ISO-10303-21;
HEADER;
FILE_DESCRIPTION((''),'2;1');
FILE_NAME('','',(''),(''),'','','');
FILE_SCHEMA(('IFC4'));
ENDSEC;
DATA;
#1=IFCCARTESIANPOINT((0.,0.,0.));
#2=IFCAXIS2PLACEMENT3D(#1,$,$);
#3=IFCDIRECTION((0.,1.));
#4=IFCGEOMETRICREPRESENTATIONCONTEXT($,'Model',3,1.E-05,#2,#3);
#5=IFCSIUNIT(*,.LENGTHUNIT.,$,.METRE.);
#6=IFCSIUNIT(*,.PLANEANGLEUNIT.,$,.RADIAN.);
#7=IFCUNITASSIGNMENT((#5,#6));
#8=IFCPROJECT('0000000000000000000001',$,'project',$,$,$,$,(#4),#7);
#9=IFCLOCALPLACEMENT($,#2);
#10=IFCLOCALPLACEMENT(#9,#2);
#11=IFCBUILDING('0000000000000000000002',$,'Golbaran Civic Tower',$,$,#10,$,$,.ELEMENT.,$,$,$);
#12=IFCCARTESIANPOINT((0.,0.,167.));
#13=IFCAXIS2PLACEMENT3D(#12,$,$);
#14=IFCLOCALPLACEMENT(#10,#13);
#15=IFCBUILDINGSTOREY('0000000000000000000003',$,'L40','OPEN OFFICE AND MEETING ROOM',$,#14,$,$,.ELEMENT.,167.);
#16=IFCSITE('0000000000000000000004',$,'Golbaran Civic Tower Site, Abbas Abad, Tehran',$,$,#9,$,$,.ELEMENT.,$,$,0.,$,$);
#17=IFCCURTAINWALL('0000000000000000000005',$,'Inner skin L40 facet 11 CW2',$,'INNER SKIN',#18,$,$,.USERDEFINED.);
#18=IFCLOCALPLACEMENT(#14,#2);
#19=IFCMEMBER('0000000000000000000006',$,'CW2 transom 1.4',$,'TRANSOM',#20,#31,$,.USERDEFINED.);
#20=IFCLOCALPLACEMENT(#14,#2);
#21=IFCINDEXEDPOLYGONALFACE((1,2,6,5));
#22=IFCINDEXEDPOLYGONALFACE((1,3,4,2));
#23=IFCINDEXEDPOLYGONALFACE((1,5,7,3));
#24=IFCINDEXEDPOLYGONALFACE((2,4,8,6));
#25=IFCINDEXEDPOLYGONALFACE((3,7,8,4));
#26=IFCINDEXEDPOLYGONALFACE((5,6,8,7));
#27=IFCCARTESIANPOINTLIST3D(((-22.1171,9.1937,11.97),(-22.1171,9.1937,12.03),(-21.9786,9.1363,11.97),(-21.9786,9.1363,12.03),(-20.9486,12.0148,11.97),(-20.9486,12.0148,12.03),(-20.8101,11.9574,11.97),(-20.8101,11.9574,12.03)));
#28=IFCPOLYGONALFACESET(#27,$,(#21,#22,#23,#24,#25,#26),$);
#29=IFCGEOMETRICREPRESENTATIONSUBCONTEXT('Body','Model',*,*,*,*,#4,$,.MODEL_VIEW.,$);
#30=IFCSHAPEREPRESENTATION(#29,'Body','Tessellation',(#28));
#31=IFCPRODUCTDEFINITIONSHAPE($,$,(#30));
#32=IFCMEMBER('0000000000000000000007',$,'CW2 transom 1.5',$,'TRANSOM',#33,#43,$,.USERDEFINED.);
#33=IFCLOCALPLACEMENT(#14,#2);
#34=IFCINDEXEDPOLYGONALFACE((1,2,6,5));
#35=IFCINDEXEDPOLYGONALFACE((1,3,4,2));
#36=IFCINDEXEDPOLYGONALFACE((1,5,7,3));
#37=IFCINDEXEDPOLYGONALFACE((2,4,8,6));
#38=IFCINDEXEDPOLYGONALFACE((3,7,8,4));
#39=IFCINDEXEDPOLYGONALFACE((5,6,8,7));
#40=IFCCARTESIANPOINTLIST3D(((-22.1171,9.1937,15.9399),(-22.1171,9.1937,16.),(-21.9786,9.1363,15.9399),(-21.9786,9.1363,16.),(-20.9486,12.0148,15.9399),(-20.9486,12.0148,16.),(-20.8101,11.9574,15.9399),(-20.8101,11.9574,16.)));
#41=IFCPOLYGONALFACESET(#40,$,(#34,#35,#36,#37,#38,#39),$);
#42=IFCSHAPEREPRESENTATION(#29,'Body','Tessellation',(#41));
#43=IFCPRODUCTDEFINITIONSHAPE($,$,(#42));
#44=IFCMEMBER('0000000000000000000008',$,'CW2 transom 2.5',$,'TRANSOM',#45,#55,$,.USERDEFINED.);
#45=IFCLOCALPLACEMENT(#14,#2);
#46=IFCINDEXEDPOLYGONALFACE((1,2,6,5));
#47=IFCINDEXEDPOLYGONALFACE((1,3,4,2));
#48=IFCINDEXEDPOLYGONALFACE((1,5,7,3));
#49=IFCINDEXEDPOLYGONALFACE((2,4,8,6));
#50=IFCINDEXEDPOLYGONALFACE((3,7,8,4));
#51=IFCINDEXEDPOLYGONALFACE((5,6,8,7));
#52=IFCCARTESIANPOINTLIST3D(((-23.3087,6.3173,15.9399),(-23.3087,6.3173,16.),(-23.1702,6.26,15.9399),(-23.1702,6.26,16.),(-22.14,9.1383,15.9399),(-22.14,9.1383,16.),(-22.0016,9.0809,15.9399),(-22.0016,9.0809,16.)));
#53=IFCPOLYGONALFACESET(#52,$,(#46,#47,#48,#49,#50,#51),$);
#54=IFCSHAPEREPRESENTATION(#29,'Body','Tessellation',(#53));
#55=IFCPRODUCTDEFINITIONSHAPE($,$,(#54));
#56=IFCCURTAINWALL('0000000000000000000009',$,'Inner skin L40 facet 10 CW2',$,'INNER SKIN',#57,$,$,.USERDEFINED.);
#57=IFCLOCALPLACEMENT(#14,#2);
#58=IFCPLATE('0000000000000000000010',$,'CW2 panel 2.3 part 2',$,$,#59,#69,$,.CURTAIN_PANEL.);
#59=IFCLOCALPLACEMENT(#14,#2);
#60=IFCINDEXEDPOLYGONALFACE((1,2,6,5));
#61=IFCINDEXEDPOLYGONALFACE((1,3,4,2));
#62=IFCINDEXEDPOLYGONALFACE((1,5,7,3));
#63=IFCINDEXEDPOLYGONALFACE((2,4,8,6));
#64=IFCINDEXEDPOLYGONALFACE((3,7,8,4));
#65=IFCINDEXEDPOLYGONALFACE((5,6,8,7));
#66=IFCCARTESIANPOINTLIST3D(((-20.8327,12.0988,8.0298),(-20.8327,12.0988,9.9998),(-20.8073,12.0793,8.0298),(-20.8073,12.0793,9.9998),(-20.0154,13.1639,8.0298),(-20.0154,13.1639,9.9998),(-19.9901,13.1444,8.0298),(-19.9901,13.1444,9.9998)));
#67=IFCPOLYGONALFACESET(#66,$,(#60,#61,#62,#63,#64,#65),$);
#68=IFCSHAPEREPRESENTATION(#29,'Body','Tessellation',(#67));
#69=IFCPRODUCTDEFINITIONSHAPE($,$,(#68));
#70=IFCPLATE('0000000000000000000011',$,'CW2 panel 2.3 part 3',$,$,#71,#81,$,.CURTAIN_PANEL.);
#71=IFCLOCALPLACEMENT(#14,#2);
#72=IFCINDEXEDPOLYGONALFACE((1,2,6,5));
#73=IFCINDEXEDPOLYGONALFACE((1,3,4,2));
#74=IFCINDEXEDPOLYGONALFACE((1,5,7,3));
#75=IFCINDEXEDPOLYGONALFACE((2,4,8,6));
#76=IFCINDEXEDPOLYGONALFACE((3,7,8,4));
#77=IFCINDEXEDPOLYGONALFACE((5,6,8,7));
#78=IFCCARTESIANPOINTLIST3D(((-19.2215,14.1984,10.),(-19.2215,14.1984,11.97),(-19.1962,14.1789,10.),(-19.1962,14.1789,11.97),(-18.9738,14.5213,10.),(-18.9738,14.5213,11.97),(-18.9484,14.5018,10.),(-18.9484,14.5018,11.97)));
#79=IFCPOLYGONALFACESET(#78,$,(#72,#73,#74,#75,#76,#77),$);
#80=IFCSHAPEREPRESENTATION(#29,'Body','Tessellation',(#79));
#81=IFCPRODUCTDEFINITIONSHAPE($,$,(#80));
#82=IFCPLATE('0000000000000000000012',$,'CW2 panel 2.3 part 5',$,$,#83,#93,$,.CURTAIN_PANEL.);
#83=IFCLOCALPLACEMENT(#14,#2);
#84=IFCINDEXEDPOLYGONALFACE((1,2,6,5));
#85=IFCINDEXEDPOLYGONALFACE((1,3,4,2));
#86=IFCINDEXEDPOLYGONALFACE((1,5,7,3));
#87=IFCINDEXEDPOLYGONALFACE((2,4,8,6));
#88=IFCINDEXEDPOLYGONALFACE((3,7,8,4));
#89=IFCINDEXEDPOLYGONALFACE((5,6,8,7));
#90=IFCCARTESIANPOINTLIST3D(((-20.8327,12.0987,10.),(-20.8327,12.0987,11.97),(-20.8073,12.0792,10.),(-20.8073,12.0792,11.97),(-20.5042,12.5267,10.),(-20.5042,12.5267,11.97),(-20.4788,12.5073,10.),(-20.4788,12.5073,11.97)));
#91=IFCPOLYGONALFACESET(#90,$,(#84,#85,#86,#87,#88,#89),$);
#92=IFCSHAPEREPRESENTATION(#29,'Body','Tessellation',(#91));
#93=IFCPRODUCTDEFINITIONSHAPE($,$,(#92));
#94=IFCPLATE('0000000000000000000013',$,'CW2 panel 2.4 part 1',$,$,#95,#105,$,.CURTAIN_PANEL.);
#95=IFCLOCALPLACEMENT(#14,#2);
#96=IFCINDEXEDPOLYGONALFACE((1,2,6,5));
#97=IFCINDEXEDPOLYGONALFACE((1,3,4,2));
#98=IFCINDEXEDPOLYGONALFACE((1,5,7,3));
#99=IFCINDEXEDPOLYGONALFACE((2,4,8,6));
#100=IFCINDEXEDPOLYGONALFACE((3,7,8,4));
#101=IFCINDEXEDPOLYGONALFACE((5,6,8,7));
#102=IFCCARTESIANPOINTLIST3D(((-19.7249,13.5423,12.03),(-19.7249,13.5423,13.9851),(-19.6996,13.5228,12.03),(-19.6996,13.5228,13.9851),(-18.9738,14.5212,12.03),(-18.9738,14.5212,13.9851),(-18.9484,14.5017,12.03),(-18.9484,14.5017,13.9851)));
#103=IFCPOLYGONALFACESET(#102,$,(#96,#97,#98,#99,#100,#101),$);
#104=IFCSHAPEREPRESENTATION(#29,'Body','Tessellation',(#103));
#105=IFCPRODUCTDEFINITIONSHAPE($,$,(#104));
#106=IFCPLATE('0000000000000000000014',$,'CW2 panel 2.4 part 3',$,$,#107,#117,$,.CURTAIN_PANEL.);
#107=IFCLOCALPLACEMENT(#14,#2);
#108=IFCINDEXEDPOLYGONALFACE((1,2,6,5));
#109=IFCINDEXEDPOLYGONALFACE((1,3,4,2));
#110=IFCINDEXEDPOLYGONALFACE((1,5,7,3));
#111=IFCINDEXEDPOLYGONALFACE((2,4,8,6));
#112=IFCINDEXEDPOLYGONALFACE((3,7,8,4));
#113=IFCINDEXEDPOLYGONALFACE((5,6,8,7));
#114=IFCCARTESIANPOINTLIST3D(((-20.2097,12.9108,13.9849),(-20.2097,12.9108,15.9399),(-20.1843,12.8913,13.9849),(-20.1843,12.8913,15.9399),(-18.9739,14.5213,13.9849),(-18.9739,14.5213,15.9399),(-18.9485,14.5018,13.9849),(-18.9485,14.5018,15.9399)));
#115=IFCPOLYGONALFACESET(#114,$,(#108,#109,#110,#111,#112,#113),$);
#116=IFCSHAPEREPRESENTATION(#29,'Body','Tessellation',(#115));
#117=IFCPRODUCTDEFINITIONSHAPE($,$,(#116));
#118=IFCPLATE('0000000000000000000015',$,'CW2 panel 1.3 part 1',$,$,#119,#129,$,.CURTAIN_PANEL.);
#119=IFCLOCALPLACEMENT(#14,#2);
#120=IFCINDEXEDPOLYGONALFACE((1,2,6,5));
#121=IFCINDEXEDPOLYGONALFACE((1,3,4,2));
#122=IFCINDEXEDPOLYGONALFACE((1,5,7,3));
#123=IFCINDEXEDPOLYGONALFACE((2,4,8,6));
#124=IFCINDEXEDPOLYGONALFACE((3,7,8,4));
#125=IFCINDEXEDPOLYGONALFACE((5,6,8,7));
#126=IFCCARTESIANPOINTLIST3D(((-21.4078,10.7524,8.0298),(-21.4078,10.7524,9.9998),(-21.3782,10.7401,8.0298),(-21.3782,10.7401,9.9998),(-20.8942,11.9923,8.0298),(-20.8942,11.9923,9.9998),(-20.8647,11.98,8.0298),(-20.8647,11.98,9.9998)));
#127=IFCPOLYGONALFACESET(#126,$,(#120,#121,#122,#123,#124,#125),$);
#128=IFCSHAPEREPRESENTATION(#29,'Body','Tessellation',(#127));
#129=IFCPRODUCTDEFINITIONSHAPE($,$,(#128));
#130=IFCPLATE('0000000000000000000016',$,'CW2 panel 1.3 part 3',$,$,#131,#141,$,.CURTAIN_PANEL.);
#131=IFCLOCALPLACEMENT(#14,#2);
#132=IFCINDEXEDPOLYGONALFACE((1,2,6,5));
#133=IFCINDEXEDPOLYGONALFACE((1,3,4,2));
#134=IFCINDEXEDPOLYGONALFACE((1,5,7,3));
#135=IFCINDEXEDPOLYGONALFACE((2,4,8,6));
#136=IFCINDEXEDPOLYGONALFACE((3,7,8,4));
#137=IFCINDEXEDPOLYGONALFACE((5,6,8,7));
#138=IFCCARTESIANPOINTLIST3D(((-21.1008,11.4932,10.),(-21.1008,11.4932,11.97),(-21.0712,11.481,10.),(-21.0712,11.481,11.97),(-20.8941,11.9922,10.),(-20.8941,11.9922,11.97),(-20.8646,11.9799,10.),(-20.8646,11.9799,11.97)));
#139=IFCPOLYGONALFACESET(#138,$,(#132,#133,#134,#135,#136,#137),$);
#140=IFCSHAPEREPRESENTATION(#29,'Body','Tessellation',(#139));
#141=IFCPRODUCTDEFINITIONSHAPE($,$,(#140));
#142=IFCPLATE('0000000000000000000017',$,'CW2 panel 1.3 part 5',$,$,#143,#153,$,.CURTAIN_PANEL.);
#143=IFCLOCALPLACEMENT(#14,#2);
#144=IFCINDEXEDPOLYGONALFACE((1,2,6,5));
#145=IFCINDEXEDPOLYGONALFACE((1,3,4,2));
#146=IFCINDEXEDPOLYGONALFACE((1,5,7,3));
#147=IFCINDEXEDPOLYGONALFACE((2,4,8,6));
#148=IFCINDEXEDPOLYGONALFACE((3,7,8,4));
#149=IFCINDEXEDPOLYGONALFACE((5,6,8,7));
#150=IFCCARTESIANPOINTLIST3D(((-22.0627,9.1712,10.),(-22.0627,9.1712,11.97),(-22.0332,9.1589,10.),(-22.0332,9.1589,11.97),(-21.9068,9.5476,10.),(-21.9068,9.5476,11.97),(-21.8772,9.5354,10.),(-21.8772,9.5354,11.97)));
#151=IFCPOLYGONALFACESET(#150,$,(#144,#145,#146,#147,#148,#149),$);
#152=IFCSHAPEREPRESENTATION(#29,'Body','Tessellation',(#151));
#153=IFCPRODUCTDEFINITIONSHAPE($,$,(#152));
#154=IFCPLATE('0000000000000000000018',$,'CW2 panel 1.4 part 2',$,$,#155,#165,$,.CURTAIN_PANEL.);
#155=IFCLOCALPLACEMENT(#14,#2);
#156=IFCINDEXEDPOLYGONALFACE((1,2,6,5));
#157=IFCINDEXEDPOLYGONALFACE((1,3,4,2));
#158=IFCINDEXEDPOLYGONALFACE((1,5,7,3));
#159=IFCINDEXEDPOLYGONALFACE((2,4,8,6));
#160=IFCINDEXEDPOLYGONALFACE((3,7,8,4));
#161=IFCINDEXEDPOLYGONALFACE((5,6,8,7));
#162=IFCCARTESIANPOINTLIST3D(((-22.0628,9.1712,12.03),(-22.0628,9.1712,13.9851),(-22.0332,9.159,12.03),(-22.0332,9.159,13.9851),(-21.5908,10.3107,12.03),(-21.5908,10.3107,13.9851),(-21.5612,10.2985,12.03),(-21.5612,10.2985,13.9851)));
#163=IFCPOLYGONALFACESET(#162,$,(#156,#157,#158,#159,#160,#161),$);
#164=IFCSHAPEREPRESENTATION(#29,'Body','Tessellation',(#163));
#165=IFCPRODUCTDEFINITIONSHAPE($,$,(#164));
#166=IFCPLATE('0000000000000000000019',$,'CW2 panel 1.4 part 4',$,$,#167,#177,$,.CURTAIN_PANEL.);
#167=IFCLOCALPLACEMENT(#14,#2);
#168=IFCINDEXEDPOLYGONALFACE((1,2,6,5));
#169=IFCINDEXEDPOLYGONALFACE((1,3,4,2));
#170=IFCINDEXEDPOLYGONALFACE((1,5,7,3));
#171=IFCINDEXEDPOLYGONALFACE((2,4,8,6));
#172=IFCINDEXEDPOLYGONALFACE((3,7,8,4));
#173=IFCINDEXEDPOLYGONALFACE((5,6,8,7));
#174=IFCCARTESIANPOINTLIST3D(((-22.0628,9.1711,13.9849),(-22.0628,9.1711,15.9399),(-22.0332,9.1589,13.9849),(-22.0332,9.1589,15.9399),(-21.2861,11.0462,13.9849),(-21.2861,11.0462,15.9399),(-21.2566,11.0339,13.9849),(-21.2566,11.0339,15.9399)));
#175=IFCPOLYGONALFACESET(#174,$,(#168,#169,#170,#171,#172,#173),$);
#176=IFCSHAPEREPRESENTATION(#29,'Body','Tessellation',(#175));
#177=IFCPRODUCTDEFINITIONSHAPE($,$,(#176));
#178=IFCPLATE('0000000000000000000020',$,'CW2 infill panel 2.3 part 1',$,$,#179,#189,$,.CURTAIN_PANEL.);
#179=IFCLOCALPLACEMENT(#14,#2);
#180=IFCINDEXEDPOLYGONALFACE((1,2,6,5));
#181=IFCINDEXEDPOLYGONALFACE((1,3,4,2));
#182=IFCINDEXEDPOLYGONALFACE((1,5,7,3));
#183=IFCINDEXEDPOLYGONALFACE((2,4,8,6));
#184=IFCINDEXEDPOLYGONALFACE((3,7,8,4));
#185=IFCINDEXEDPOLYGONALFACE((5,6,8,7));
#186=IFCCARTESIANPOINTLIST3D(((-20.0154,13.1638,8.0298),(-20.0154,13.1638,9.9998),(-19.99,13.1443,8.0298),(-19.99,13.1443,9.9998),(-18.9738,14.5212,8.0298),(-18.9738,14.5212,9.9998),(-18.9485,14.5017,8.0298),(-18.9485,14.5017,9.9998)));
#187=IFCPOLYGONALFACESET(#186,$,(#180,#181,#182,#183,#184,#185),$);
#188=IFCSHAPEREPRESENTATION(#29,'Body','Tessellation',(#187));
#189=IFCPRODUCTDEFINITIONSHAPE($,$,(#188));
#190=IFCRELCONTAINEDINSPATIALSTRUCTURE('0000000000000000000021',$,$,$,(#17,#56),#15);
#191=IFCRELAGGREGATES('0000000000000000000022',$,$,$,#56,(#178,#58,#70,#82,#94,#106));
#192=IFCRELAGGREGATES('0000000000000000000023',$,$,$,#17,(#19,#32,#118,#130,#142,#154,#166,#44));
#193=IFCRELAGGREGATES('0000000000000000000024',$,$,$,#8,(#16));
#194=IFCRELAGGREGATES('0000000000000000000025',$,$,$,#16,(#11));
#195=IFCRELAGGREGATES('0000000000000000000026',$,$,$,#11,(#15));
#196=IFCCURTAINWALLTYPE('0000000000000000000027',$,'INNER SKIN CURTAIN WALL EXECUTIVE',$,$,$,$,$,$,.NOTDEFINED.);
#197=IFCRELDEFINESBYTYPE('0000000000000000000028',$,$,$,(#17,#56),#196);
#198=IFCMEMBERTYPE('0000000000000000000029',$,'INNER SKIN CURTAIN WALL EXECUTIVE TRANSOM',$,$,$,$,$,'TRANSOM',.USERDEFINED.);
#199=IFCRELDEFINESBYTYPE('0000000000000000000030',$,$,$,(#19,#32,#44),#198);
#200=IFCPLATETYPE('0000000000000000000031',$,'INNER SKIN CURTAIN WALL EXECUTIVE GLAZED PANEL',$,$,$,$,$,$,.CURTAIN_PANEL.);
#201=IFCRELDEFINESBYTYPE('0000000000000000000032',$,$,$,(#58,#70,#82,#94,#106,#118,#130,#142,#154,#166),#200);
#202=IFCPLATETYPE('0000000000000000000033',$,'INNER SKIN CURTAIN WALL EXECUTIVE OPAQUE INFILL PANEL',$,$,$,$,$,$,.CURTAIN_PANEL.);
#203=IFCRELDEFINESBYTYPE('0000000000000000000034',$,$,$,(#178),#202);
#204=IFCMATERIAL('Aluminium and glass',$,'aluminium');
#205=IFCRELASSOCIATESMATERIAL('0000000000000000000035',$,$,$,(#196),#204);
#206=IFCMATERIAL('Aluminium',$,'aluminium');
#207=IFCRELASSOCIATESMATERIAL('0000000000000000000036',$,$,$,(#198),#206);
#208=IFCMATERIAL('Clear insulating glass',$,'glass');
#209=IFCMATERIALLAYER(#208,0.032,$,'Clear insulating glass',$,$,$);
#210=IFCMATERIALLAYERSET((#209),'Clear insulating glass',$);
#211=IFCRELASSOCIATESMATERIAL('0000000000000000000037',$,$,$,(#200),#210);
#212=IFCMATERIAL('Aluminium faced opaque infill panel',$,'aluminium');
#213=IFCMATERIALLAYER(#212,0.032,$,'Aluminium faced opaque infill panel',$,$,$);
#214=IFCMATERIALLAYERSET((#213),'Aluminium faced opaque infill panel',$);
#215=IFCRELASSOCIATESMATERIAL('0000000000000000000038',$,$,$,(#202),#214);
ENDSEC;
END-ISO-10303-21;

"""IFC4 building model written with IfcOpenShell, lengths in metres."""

from ifc_helpers import new_model, si_unit, direction, frame, origin, origin_2d, place, context, subcontext, project, spatial, rectangle, extrude, material, layer, layer_set, material_profile, profile_set, type_object, element, aggregate, save


model = new_model("IFC4")

# Units and contexts
model_context = context("Model", 3, precision=1e-05, world=origin(), true_north=direction((0.0, 1.0)))
body_context = subcontext(model_context, "Body", "Model", "MODEL_VIEW")
ifc_project = project(units=[si_unit("LENGTHUNIT", "METRE"), si_unit("PLANEANGLEUNIT", "RADIAN")], contexts=[model_context])

# Site, building, storey
site_placement = place(None, origin())
site = spatial("IfcSite", under=ifc_project, at=site_placement, Name="Golbaran Civic Tower Site, Abbas Abad, Tehran", CompositionType="ELEMENT", RefElevation=0.0)
building_placement = place(site_placement, origin())
building = spatial("IfcBuilding", under=site, at=building_placement, Name="Golbaran Civic Tower", CompositionType="ELEMENT")
storey_placement = place(building_placement, frame((0.0, 0.0, 167.0)))
storey = spatial("IfcBuildingStorey", under=building, at=storey_placement, Name="L40", Description="OPEN OFFICE AND MEETING ROOM", CompositionType="ELEMENT", Elevation=167.0)

# Curtain wall, members
ifc_material_1 = material(Name="Aluminium and glass", Category="aluminium")
curtain_wall_type_1 = type_object("IfcCurtainWallType", Name="INNER SKIN CURTAIN WALL EXECUTIVE", PredefinedType="NOTDEFINED", material=ifc_material_1)
curtain_wall_1_placement = place(storey_placement, origin())
curtain_wall_1 = element("IfcCurtainWall", 1, at=curtain_wall_1_placement, inside=storey, type_object=curtain_wall_type_1, Name="Inner skin L40 facet 11 CW2", ObjectType="INNER SKIN", PredefinedType="USERDEFINED")
ifc_material_2 = material(Name="Aluminium", Category="aluminium")
ifc_material_profile = material_profile(ifc_material_2, rectangle(XDim=0.1499, YDim=0.0601, at=origin_2d()), Name="INNER SKIN CURTAIN WALL EXECUTIVE TRANSOM")
ifc_profile_set = profile_set([ifc_material_profile], Name="Aluminium")
member_type = type_object("IfcMemberType", Name="INNER SKIN CURTAIN WALL EXECUTIVE TRANSOM", ElementType="TRANSOM", PredefinedType="USERDEFINED", material=ifc_profile_set)
member_1_placement = place(storey_placement, frame((-20.8794, 11.9861, 12.0), z_axis=(-0.382667, -0.923886, 0.0), x_axis=(0.923886, -0.382667, 0.0)))
member_1 = element("IfcMember", 2, at=member_1_placement, type_object=member_type, Name="CW2 transom 1.4", ObjectType="TRANSOM", PredefinedType="USERDEFINED", context=body_context, shape_type="SweptSolid", body=[
    extrude(rectangle(XDim=0.1499, YDim=0.0601, at=origin_2d()), origin(), (0.0, 0.0, 1.0), 3.0535),
])
member_2_placement = place(storey_placement, frame((-20.8794, 11.9861, 15.97), z_axis=(-0.382667, -0.923886, 0.0), x_axis=(0.923886, -0.382667, 0.0)))
member_2 = element("IfcMember", 3, at=member_2_placement, type_object=member_type, Name="CW2 transom 1.5", ObjectType="TRANSOM", PredefinedType="USERDEFINED", context=body_context, shape_type="SweptSolid", body=[
    extrude(rectangle(XDim=0.1499, YDim=0.0601, at=origin_2d()), origin(), (0.0, 0.0, 1.0), 3.0535),
])
member_3_placement = place(storey_placement, frame((-22.0708, 9.1096, 15.97), z_axis=(-0.382735, -0.923858, 0.0), x_axis=(0.923858, -0.382735, 0.0)))
member_3 = element("IfcMember", 4, at=member_3_placement, type_object=member_type, Name="CW2 transom 2.5", ObjectType="TRANSOM", PredefinedType="USERDEFINED", context=body_context, shape_type="SweptSolid", body=[
    extrude(rectangle(XDim=0.1499, YDim=0.0601, at=origin_2d()), origin(), (0.0, 0.0, 1.0), 3.0535),
])

# Curtain wall, plates
curtain_wall_2_placement = place(storey_placement, origin())
curtain_wall_2 = element("IfcCurtainWall", 5, at=curtain_wall_2_placement, inside=storey, type_object=curtain_wall_type_1, Name="Inner skin L40 facet 10 CW2", ObjectType="INNER SKIN", PredefinedType="USERDEFINED")
ifc_material_3 = material(Name="Clear insulating glass", Category="glass")
ifc_layer_1 = layer(ifc_material_3, 0.032, Name="Clear insulating glass")
ifc_layer_set_1 = layer_set([ifc_layer_1], Name="Clear insulating glass")
plate_type_1 = type_object("IfcPlateType", Name="INNER SKIN CURTAIN WALL EXECUTIVE GLAZED PANEL", PredefinedType="CURTAIN_PANEL", material=ifc_layer_set_1)
plate_1_placement = place(storey_placement, frame((-20.4114, 12.6216, 8.0298), z_axis=(0.0, 0.0, 1.0), x_axis=(-0.608761, -0.793353, 0.0)))
plate_1 = element("IfcPlate", 6, at=plate_1_placement, type_object=plate_type_1, Name="CW2 panel 2.3 part 2", PredefinedType="CURTAIN_PANEL", context=body_context, shape_type="SweptSolid", body=[
    extrude(rectangle(XDim=1.3425, YDim=0.032, at=origin_2d()), origin(), (0.0, 0.0, 1.0), 1.97),
])
plate_2_placement = place(storey_placement, frame((-19.085, 14.3501, 10.0), z_axis=(0.0, 0.0, 1.0), x_axis=(-0.608761, -0.793353, 0.0)))
plate_2 = element("IfcPlate", 7, at=plate_2_placement, type_object=plate_type_1, Name="CW2 panel 2.3 part 3", PredefinedType="CURTAIN_PANEL", context=body_context, shape_type="SweptSolid", body=[
    extrude(rectangle(XDim=0.407, YDim=0.032, at=origin_2d()), origin(), (0.0, 0.0, 1.0), 1.97),
])
plate_3_placement = place(storey_placement, frame((-20.6558, 12.303, 10.0), z_axis=(0.0, 0.0, 1.0), x_axis=(-0.608761, -0.793353, 0.0)))
plate_3 = element("IfcPlate", 8, at=plate_3_placement, type_object=plate_type_1, Name="CW2 panel 2.3 part 5", PredefinedType="CURTAIN_PANEL", context=body_context, shape_type="SweptSolid", body=[
    extrude(rectangle(XDim=0.5396, YDim=0.032, at=origin_2d()), origin(), (0.0, 0.0, 1.0), 1.97),
])
plate_4_placement = place(storey_placement, frame((-19.3367, 14.022, 12.03), z_axis=(0.0, 0.0, 1.0), x_axis=(-0.608761, -0.793353, 0.0)))
plate_4 = element("IfcPlate", 9, at=plate_4_placement, type_object=plate_type_1, Name="CW2 panel 2.4 part 1", PredefinedType="CURTAIN_PANEL", context=body_context, shape_type="SweptSolid", body=[
    extrude(rectangle(XDim=1.2339, YDim=0.032, at=origin_2d()), origin(), (0.0, 0.0, 1.0), 1.9551),
])
plate_5_placement = place(storey_placement, frame((-19.5791, 13.7063, 13.9849), z_axis=(0.0, 0.0, 1.0), x_axis=(-0.608761, -0.793353, 0.0)))
plate_5 = element("IfcPlate", 10, at=plate_5_placement, type_object=plate_type_1, Name="CW2 panel 2.4 part 3", PredefinedType="CURTAIN_PANEL", context=body_context, shape_type="SweptSolid", body=[
    extrude(rectangle(XDim=2.03, YDim=0.032, at=origin_2d()), origin(), (0.0, 0.0, 1.0), 1.9551),
])

# Plates
plate_6_placement = place(storey_placement, frame((-21.1362, 11.3662, 8.0298), z_axis=(0.0, 0.0, 1.0), x_axis=(-0.382683, -0.92388, 0.0)))
plate_6 = element("IfcPlate", 11, at=plate_6_placement, type_object=plate_type_1, Name="CW2 panel 1.3 part 1", PredefinedType="CURTAIN_PANEL", context=body_context, shape_type="SweptSolid", body=[
    extrude(rectangle(XDim=1.342, YDim=0.032, at=origin_2d()), origin(), (0.0, 0.0, 1.0), 1.97),
])
plate_7_placement = place(storey_placement, frame((-20.9827, 11.7366, 10.0), z_axis=(0.0, 0.0, 1.0), x_axis=(-0.382683, -0.92388, 0.0)))
plate_7 = element("IfcPlate", 12, at=plate_7_placement, type_object=plate_type_1, Name="CW2 panel 1.3 part 3", PredefinedType="CURTAIN_PANEL", context=body_context, shape_type="SweptSolid", body=[
    extrude(rectangle(XDim=0.54, YDim=0.032, at=origin_2d()), origin(), (0.0, 0.0, 1.0), 1.97),
])
plate_8_placement = place(storey_placement, frame((-21.97, 9.3533, 10.0), z_axis=(0.0, 0.0, 1.0), x_axis=(-0.382683, -0.92388, 0.0)))
plate_8 = element("IfcPlate", 13, at=plate_8_placement, type_object=plate_type_1, Name="CW2 panel 1.3 part 5", PredefinedType="CURTAIN_PANEL", context=body_context, shape_type="SweptSolid", body=[
    extrude(rectangle(XDim=0.4075, YDim=0.032, at=origin_2d()), origin(), (0.0, 0.0, 1.0), 1.97),
])
plate_9_placement = place(storey_placement, frame((-21.812, 9.7349, 12.03), z_axis=(0.0, 0.0, 1.0), x_axis=(-0.382683, -0.92388, 0.0)))
plate_9 = element("IfcPlate", 14, at=plate_9_placement, type_object=plate_type_1, Name="CW2 panel 1.4 part 2", PredefinedType="CURTAIN_PANEL", context=body_context, shape_type="SweptSolid", body=[
    extrude(rectangle(XDim=1.2334, YDim=0.032, at=origin_2d()), origin(), (0.0, 0.0, 1.0), 1.9551),
])
plate_10_placement = place(storey_placement, frame((-21.6597, 10.1025, 13.9849), z_axis=(0.0, 0.0, 1.0), x_axis=(-0.382683, -0.92388, 0.0)))
plate_10 = element("IfcPlate", 15, at=plate_10_placement, type_object=plate_type_1, Name="CW2 panel 1.4 part 4", PredefinedType="CURTAIN_PANEL", context=body_context, shape_type="SweptSolid", body=[
    extrude(rectangle(XDim=2.0295, YDim=0.032, at=origin_2d()), origin(), (0.0, 0.0, 1.0), 1.9551),
])
ifc_material_4 = material(Name="Aluminium faced opaque infill panel", Category="aluminium")
ifc_layer_2 = layer(ifc_material_4, 0.032, Name="Aluminium faced opaque infill panel")
ifc_layer_set_2 = layer_set([ifc_layer_2], Name="Aluminium faced opaque infill panel")
plate_type_2 = type_object("IfcPlateType", Name="INNER SKIN CURTAIN WALL EXECUTIVE OPAQUE INFILL PANEL", PredefinedType="CURTAIN_PANEL", material=ifc_layer_set_2)
plate_11_placement = place(storey_placement, frame((-19.4819, 13.8328, 8.0298), z_axis=(0.0, 0.0, 1.0), x_axis=(-0.608761, -0.793353, 0.0)))
plate_11 = element("IfcPlate", 16, at=plate_11_placement, type_object=plate_type_2, Name="CW2 infill panel 2.3 part 1", PredefinedType="CURTAIN_PANEL", context=body_context, shape_type="SweptSolid", body=[
    extrude(rectangle(XDim=1.7109, YDim=0.032, at=origin_2d()), origin(), (0.0, 0.0, 1.0), 1.97),
])
aggregate(curtain_wall_2, [plate_11, plate_1, plate_2, plate_3, plate_4, plate_5])
aggregate(curtain_wall_1, [member_1, member_2, plate_6, plate_7, plate_8, plate_9, plate_10, member_3])

save(model, "model.ifc")
